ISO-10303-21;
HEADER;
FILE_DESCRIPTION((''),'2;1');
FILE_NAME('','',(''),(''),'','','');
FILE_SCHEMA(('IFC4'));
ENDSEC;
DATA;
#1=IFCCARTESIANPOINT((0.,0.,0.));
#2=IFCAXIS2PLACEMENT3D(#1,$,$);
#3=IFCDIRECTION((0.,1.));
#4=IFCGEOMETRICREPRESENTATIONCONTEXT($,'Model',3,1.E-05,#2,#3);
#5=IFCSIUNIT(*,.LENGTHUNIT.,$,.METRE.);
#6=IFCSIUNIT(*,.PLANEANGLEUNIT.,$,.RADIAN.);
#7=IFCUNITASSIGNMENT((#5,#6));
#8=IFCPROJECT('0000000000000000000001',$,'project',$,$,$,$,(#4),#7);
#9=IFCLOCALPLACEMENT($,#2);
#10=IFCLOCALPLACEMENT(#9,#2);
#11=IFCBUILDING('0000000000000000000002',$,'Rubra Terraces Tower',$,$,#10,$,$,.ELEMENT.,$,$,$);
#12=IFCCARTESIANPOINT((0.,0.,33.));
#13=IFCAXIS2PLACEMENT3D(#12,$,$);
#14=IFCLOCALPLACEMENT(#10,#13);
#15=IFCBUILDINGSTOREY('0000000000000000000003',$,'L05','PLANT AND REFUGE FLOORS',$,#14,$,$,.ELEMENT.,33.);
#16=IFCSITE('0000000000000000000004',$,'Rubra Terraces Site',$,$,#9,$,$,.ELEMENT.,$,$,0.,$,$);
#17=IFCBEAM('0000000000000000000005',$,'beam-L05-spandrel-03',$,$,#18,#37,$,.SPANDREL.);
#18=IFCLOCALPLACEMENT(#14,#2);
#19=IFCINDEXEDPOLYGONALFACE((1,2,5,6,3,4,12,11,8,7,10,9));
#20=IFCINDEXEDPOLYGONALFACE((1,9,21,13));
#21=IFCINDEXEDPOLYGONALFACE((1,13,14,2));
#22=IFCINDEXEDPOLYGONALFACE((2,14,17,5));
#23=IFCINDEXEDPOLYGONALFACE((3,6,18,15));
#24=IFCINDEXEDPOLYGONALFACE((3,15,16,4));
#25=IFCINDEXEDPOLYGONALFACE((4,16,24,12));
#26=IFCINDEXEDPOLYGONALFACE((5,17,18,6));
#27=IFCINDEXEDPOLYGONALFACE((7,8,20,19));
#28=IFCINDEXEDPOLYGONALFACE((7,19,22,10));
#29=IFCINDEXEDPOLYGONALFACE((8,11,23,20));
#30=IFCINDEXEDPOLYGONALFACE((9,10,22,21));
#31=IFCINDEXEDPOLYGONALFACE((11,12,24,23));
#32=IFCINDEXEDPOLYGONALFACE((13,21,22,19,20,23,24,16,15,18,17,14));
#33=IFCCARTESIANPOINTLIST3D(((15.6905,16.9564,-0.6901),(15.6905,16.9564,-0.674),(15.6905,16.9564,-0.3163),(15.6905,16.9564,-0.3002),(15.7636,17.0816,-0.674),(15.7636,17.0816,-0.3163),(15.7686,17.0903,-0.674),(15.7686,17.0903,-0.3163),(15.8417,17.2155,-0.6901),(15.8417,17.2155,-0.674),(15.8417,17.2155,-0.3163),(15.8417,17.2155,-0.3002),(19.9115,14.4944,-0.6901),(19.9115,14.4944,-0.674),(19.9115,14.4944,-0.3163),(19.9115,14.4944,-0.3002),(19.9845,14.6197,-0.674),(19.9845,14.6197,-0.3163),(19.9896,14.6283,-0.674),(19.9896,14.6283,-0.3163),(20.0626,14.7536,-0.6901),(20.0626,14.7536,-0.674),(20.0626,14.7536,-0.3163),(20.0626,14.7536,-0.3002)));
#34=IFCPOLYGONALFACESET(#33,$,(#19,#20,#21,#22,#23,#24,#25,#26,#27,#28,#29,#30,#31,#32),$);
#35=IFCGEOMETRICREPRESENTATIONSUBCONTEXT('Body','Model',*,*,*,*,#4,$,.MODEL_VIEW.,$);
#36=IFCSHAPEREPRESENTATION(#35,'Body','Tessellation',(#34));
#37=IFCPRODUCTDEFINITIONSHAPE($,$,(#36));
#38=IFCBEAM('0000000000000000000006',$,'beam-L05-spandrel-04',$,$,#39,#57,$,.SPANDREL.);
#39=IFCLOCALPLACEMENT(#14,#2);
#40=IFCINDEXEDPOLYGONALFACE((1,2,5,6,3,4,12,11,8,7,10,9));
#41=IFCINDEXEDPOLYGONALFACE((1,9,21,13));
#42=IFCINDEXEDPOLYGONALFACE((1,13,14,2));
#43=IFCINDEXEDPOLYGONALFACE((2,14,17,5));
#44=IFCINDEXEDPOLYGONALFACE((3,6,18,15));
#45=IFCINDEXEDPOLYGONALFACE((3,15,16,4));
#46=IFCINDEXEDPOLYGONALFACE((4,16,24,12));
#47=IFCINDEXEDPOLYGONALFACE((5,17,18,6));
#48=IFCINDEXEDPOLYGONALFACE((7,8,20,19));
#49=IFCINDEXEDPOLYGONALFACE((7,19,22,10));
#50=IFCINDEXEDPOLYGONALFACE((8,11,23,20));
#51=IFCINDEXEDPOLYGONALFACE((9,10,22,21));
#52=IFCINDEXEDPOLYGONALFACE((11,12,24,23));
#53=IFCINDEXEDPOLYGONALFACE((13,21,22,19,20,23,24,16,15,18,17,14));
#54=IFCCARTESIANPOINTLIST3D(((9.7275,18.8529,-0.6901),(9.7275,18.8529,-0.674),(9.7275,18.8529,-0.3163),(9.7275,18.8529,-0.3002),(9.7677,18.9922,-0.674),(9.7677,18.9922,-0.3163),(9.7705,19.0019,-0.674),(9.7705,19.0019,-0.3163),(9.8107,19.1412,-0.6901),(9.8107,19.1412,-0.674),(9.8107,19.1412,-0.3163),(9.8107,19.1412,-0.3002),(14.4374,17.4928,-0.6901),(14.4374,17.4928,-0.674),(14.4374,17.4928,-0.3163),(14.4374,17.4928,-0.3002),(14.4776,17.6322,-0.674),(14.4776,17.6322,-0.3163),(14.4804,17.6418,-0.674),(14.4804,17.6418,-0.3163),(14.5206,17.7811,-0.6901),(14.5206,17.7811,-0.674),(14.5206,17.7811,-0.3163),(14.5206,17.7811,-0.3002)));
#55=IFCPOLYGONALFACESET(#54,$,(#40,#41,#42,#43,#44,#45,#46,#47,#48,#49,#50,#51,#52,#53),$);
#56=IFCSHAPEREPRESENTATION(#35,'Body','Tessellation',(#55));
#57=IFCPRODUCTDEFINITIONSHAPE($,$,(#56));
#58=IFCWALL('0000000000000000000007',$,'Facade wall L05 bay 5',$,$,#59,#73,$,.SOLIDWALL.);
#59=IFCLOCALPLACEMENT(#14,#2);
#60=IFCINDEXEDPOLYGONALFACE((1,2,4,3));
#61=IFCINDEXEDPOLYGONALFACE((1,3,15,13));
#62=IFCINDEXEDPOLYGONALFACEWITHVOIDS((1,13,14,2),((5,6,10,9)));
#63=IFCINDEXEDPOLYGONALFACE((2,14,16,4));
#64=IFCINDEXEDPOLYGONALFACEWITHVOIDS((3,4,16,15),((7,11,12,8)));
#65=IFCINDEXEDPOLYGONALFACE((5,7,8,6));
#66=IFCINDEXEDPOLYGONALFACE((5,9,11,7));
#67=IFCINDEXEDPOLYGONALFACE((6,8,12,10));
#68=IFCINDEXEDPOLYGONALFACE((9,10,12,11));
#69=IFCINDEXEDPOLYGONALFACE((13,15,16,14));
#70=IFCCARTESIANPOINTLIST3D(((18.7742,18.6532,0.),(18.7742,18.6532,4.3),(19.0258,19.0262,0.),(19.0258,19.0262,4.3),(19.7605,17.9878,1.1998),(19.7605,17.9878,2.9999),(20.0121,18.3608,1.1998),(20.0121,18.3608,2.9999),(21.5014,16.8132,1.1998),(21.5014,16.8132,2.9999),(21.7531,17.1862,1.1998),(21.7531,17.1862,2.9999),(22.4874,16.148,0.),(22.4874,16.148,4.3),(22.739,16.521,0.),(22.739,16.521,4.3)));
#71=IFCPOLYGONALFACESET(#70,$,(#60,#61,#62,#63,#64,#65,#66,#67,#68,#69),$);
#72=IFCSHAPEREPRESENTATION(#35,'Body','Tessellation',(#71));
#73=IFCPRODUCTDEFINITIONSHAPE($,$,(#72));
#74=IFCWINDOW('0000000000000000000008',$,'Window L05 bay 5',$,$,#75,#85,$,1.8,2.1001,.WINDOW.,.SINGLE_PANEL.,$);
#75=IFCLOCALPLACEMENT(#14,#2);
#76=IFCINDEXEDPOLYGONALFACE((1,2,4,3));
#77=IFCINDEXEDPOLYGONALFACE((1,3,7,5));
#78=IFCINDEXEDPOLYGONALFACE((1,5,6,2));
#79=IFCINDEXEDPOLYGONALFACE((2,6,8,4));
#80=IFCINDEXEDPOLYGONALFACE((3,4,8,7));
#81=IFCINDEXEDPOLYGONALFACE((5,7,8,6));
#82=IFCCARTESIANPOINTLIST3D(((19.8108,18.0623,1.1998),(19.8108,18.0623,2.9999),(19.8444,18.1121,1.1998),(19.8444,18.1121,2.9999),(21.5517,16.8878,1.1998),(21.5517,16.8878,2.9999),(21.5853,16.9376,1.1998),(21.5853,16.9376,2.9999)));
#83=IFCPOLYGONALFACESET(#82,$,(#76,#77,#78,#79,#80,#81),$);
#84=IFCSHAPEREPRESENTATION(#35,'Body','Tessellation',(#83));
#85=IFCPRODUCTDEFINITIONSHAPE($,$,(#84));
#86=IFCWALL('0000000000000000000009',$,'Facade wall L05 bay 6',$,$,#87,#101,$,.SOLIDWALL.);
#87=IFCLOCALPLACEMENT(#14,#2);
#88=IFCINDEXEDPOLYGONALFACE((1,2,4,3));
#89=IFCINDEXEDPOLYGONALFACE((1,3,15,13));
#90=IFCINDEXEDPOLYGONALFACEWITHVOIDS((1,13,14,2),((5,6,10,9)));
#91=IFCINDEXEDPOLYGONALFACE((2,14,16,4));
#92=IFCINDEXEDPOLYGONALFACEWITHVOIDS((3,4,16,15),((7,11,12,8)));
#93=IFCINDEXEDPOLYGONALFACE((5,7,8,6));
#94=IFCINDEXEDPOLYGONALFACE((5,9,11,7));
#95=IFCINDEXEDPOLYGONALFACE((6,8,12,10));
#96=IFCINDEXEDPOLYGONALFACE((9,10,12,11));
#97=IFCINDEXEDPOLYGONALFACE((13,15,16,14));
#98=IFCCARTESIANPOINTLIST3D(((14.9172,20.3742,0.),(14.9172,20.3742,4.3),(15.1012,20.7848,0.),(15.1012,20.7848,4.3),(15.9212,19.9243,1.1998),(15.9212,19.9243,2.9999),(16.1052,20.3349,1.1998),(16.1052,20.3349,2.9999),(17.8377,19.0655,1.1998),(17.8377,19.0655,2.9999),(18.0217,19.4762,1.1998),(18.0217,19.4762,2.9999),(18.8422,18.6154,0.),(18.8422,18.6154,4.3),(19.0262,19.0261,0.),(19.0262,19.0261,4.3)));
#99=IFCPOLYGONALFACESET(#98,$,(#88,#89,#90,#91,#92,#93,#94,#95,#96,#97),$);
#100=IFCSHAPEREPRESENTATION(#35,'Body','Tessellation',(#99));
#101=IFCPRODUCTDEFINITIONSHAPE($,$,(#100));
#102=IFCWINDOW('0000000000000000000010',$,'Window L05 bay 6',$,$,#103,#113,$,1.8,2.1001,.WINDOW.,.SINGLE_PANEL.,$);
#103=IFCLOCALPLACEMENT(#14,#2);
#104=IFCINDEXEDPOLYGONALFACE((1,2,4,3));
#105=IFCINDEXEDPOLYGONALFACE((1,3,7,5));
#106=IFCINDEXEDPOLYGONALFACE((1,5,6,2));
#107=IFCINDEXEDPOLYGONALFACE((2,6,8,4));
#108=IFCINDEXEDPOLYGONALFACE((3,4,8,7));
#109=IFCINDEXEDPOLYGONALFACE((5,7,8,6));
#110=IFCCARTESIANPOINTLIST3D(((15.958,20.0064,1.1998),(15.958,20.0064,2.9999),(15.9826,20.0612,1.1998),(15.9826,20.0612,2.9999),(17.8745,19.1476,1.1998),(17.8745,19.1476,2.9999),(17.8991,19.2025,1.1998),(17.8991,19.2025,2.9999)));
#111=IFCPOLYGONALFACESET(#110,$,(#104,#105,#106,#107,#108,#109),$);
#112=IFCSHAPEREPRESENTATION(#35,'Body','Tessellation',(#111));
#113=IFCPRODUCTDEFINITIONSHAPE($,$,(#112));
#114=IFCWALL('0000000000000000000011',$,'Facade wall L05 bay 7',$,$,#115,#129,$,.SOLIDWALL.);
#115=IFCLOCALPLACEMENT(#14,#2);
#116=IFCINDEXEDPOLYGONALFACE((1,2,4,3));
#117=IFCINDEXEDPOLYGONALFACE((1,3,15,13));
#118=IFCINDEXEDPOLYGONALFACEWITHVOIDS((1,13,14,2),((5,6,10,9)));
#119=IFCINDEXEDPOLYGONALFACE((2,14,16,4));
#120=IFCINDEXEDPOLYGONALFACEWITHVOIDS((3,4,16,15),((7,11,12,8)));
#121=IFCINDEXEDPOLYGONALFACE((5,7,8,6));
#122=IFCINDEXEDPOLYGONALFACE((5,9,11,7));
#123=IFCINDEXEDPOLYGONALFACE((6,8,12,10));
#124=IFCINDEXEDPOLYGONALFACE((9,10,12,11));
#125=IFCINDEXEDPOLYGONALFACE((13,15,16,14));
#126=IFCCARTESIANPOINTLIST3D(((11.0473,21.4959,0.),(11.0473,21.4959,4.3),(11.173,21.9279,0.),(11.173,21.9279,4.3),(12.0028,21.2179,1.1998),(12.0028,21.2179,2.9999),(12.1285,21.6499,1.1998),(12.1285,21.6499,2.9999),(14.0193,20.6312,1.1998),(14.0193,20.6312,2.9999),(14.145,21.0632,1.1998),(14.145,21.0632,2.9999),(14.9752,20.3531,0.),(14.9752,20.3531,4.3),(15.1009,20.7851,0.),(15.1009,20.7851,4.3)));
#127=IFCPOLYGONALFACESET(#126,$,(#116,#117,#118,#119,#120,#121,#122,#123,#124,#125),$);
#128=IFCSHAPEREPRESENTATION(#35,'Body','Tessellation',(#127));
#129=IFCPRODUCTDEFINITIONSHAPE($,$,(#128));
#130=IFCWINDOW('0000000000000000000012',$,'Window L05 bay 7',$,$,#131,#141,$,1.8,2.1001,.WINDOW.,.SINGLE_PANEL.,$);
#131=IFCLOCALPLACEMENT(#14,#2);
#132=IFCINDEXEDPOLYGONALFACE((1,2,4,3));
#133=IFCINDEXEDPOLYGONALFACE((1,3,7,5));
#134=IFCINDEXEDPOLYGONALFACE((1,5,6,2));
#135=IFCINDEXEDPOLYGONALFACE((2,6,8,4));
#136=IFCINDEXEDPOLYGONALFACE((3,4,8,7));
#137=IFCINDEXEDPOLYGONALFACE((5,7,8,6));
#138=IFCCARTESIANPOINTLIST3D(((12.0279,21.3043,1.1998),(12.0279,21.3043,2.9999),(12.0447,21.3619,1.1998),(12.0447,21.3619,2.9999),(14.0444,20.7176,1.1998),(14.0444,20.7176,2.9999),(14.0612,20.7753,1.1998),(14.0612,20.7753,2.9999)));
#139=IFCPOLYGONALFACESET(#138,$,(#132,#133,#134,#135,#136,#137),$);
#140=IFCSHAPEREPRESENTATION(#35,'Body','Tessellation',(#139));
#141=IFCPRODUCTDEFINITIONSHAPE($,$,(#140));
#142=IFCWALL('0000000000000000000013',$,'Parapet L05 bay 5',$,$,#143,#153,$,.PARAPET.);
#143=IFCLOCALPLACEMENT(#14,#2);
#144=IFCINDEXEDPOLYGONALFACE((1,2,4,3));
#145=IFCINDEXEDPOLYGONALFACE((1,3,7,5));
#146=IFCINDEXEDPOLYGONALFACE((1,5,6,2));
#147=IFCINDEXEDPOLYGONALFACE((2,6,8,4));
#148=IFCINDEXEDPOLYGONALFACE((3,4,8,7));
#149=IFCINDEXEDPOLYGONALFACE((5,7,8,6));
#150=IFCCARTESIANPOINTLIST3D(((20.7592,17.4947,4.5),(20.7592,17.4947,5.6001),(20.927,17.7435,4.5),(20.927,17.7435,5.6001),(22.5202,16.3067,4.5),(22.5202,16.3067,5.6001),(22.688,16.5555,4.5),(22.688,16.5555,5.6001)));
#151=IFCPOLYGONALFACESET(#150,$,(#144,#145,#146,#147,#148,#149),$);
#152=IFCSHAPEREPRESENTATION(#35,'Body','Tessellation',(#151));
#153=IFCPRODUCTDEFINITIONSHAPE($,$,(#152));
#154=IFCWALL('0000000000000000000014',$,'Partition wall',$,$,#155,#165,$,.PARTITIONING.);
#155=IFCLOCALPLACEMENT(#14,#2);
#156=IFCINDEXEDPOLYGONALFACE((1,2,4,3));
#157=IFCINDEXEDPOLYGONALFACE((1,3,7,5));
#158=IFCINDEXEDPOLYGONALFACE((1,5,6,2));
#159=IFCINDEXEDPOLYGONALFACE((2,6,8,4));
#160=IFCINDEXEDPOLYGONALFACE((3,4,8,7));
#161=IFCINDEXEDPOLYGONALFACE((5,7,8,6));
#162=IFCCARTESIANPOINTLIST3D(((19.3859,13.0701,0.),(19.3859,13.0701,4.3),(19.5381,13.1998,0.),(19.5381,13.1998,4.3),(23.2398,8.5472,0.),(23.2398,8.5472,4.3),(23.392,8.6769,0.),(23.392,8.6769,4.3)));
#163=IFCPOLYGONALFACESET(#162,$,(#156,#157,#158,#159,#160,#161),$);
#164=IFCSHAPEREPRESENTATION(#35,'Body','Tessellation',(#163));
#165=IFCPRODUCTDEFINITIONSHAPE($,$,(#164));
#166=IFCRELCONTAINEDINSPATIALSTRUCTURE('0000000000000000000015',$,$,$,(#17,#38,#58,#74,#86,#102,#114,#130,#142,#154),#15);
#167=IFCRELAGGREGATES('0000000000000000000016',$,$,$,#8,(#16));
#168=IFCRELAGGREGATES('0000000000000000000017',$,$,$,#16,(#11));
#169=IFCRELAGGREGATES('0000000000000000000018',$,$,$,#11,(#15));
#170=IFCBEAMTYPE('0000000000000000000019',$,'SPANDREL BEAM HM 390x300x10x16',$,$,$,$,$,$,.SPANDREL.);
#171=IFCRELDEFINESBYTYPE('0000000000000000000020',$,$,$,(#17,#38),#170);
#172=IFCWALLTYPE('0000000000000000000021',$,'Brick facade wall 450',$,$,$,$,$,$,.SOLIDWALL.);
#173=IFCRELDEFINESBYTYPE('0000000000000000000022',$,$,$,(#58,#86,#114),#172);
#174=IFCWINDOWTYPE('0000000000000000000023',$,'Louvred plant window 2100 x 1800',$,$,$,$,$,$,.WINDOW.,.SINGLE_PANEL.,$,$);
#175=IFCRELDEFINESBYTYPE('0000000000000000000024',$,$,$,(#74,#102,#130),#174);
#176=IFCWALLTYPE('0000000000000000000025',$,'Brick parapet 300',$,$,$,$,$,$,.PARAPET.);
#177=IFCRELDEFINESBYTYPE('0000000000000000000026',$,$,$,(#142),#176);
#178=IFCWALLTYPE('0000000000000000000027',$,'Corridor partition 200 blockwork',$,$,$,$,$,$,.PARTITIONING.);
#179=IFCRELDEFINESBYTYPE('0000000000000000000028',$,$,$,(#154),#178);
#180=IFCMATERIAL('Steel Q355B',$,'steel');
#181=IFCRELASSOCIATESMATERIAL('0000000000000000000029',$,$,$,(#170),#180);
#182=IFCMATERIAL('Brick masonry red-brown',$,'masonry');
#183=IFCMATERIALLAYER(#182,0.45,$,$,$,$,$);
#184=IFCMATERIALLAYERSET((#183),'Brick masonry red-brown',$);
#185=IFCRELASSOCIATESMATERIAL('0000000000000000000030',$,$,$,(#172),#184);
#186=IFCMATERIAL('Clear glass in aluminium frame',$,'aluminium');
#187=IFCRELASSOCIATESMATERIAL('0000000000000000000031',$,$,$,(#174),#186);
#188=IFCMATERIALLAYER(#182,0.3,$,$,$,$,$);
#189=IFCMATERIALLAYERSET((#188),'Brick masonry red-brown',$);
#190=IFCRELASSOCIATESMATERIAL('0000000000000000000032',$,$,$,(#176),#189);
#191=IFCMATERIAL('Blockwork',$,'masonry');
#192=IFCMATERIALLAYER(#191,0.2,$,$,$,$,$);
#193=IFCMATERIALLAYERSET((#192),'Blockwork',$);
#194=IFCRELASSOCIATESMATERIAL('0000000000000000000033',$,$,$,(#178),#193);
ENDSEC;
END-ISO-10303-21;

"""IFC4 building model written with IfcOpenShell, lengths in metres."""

from ifc_helpers import new_model, si_unit, direction, frame, frame_2d, origin, origin_2d, place, context, subcontext, project, spatial, rectangle, i_section, extrude, material, layer, layer_set, material_profile, profile_set, type_object, element, fill, save


model = new_model("IFC4")

# Units and contexts
model_context = context("Model", 3, precision=1e-05, world=origin(), true_north=direction((0.0, 1.0)))
body_context = subcontext(model_context, "Body", "Model", "MODEL_VIEW")
ifc_project = project(units=[si_unit("LENGTHUNIT", "METRE"), si_unit("PLANEANGLEUNIT", "RADIAN")], contexts=[model_context])

# Site, building, storey
site_placement = place(None, origin())
site = spatial("IfcSite", under=ifc_project, at=site_placement, Name="Rubra Terraces Site", CompositionType="ELEMENT", RefElevation=0.0)
building_placement = place(site_placement, origin())
building = spatial("IfcBuilding", under=site, at=building_placement, Name="Rubra Terraces Tower", CompositionType="ELEMENT")
storey_placement = place(building_placement, frame((0.0, 0.0, 33.0)))
storey = spatial("IfcBuildingStorey", under=building, at=storey_placement, Name="L05", Description="PLANT AND REFUGE FLOORS", CompositionType="ELEMENT", Elevation=33.0)

# Shared definitions
ifc_material_1 = material(Name="Steel Q355B", Category="steel")

# Beams
ifc_material_profile_1 = material_profile(ifc_material_1, i_section(OverallWidth=0.3, OverallDepth=0.3899, WebThickness=0.01, FlangeThickness=0.0161, at=origin_2d()), Name="HM 390x300x10x16")
ifc_profile_set_1 = profile_set([ifc_material_profile_1], Name="Steel Q355B")
beam_type_1 = type_object("IfcBeamType", Name="SPANDREL BEAM HM 390x300x10x16", PredefinedType="SPANDREL", material=ifc_profile_set_1)
beam_1_placement = place(storey_placement, frame((19.9871, 14.624, -0.4951), z_axis=(-0.863806, 0.503824, 0.0), x_axis=(-0.503824, -0.863806, 0.0)))
element("IfcBeam", 1, at=beam_1_placement, inside=storey, type_object=beam_type_1, Name="beam-L05-spandrel-03", PredefinedType="SPANDREL", context=body_context, shape_type="SweptSolid", body=[
    extrude(i_section(OverallWidth=0.3, OverallDepth=0.3899, WebThickness=0.01, FlangeThickness=0.0161, at=origin_2d()), origin(), (0.0, 0.0, 1.0), 4.8865),
])
beam_2_placement = place(storey_placement, frame((14.479, 17.637, -0.4951), z_axis=(-0.960744, 0.277436, 0.0), x_axis=(-0.277436, -0.960744, 0.0)))
element("IfcBeam", 2, at=beam_2_placement, inside=storey, type_object=beam_type_1, Name="beam-L05-spandrel-04", PredefinedType="SPANDREL", context=body_context, shape_type="SweptSolid", body=[
    extrude(i_section(OverallWidth=0.3, OverallDepth=0.3899, WebThickness=0.01, FlangeThickness=0.0161, at=origin_2d()), origin(), (0.0, 0.0, 1.0), 4.9023),
])

# Walls, openings, windows
ifc_material_2 = material(Name="Brick masonry red-brown", Category="masonry")
ifc_layer_1 = layer(ifc_material_2, 0.45)
ifc_layer_set_1 = layer_set([ifc_layer_1], Name="Brick masonry red-brown")
wall_type_1 = type_object("IfcWallType", Name="Brick facade wall 450", PredefinedType="SOLIDWALL", material=ifc_layer_set_1)
wall_1_placement = place(storey_placement, frame((22.6133, 16.3345, 0.0), z_axis=(0.0, 0.0, 1.0), x_axis=(-0.828977, 0.559283, 0.0)))
wall_1 = element("IfcWall", 3, at=wall_1_placement, inside=storey, type_object=wall_type_1, Name="Facade wall L05 bay 5", PredefinedType="SOLIDWALL", context=body_context, shape_type="SweptSolid", body=[
    extrude(rectangle(XDim=4.4792, YDim=0.45, at=frame_2d((2.2397, 0.0))), origin(), (0.0, 0.0, 1.0), 4.3),
])
opening_1_placement = place(wall_1_placement, frame((1.1895, 0.0, 1.2)))
opening_1 = element("IfcOpeningElement", 4, at=opening_1_placement, cuts=wall_1, PredefinedType="OPENING", context=body_context, shape_type="SweptSolid", body=[
    extrude(rectangle(XDim=2.1001, YDim=1.8, at=frame_2d((1.05, 0.8999))), frame((0.0, 0.2349, 0.0), z_axis=(0.0, -1.0, 0.0), x_axis=(1.0, 0.0, 0.0)), (0.0, 0.0, 1.0), 0.47),
])
ifc_material_3 = material(Name="Clear glass in aluminium frame", Category="aluminium")
window_type = type_object("IfcWindowType", Name="Louvred plant window 2100 x 1800", PartitioningType="SINGLE_PANEL", PredefinedType="WINDOW", material=ifc_material_3)
window_1_placement = place(opening_1_placement, origin())
window_1 = element("IfcWindow", 5, at=window_1_placement, inside=storey, type_object=window_type, Name="Window L05 bay 5", OverallHeight=1.8, OverallWidth=2.1001, PartitioningType="SINGLE_PANEL", PredefinedType="WINDOW", context=body_context, shape_type="SweptSolid", body=[
    extrude(rectangle(XDim=2.1001, YDim=1.8, at=frame_2d((1.05, 0.8999))), frame((0.0, 0.135, 0.0), z_axis=(0.0, -1.0, 0.0), x_axis=(1.0, 0.0, 0.0)), (0.0, 0.0, 1.0), 0.0601),
])
fill(opening_1, window_1)
wall_2_placement = place(storey_placement, frame((18.9341, 18.8208, 0.0), z_axis=(0.0, 0.0, 1.0), x_axis=(-0.912571, 0.408917, 0.0)))
wall_2 = element("IfcWall", 6, at=wall_2_placement, inside=storey, type_object=wall_type_1, Name="Facade wall L05 bay 6", PredefinedType="SOLIDWALL", context=body_context, shape_type="SweptSolid", body=[
    extrude(rectangle(XDim=4.301, YDim=0.45, at=frame_2d((2.1504, 0.0))), origin(), (0.0, 0.0, 1.0), 4.3),
])
opening_2_placement = place(wall_2_placement, frame((1.1006, 0.0, 1.2)))
opening_2 = element("IfcOpeningElement", 7, at=opening_2_placement, cuts=wall_2, PredefinedType="OPENING", context=body_context, shape_type="SweptSolid", body=[
    extrude(rectangle(XDim=2.1001, YDim=1.8, at=frame_2d((1.05, 0.8999))), frame((0.0, 0.2349, 0.0), z_axis=(0.0, -1.0, 0.0), x_axis=(1.0, 0.0, 0.0)), (0.0, 0.0, 1.0), 0.47),
])
window_2_placement = place(opening_2_placement, origin())
window_2 = element("IfcWindow", 8, at=window_2_placement, inside=storey, type_object=window_type, Name="Window L05 bay 6", OverallHeight=1.8, OverallWidth=2.1001, PartitioningType="SINGLE_PANEL", PredefinedType="WINDOW", context=body_context, shape_type="SweptSolid", body=[
    extrude(rectangle(XDim=2.1001, YDim=1.8, at=frame_2d((1.05, 0.8999))), frame((0.0, 0.135, 0.0), z_axis=(0.0, -1.0, 0.0), x_axis=(1.0, 0.0, 0.0)), (0.0, 0.0, 1.0), 0.0601),
])
fill(opening_2, window_2)
wall_3_placement = place(storey_placement, frame((15.0381, 20.5691, 0.0), z_axis=(0.0, 0.0, 1.0), x_axis=(-0.960186, 0.279361, 0.0)))
wall_3 = element("IfcWall", 9, at=wall_3_placement, inside=storey, type_object=wall_type_1, Name="Facade wall L05 bay 7", PredefinedType="SOLIDWALL", context=body_context, shape_type="SweptSolid", body=[
    extrude(rectangle(XDim=4.0908, YDim=0.45, at=frame_2d((2.0454, 0.0))), origin(), (0.0, 0.0, 1.0), 4.3),
])
opening_3_placement = place(wall_3_placement, frame((0.9956, 0.0, 1.2)))
opening_3 = element("IfcOpeningElement", 10, at=opening_3_placement, cuts=wall_3, PredefinedType="OPENING", context=body_context, shape_type="SweptSolid", body=[
    extrude(rectangle(XDim=2.1001, YDim=1.8, at=frame_2d((1.05, 0.8999))), frame((0.0, 0.2349, 0.0), z_axis=(0.0, -1.0, 0.0), x_axis=(1.0, 0.0, 0.0)), (0.0, 0.0, 1.0), 0.47),
])
window_3_placement = place(opening_3_placement, origin())
window_3 = element("IfcWindow", 11, at=window_3_placement, inside=storey, type_object=window_type, Name="Window L05 bay 7", OverallHeight=1.8, OverallWidth=2.1001, PartitioningType="SINGLE_PANEL", PredefinedType="WINDOW", context=body_context, shape_type="SweptSolid", body=[
    extrude(rectangle(XDim=2.1001, YDim=1.8, at=frame_2d((1.05, 0.8999))), frame((0.0, 0.135, 0.0), z_axis=(0.0, -1.0, 0.0), x_axis=(1.0, 0.0, 0.0)), (0.0, 0.0, 1.0), 0.0601),
])
fill(opening_3, window_3)

# Walls
ifc_layer_2 = layer(ifc_material_2, 0.3)
ifc_layer_set_2 = layer_set([ifc_layer_2], Name="Brick masonry red-brown")
wall_type_2 = type_object("IfcWallType", Name="Brick parapet 300", PredefinedType="PARAPET", material=ifc_layer_set_2)
wall_4_placement = place(storey_placement, frame((22.604, 16.4312, 4.5), z_axis=(0.0, 0.0, 1.0), x_axis=(-0.828997, 0.559254, 0.0)))
element("IfcWall", 12, at=wall_4_placement, inside=storey, type_object=wall_type_2, Name="Parapet L05 bay 5", PredefinedType="PARAPET", context=body_context, shape_type="SweptSolid", body=[
    extrude(rectangle(XDim=2.1243, YDim=0.3, at=frame_2d((1.062, 0.0))), origin(), (0.0, 0.0, 1.0), 1.1001),
])
ifc_material_4 = material(Name="Blockwork", Category="masonry")
ifc_layer_3 = layer(ifc_material_4, 0.2)
ifc_layer_set_3 = layer_set([ifc_layer_3], Name="Blockwork")
wall_type_3 = type_object("IfcWallType", Name="Corridor partition 200 blockwork", PredefinedType="PARTITIONING", material=ifc_layer_set_3)
wall_5_placement = place(storey_placement, frame((19.4619, 13.135, 0.0), z_axis=(0.0, 0.0, 1.0), x_axis=(0.648576, -0.76115, 0.0)))
element("IfcWall", 13, at=wall_5_placement, inside=storey, type_object=wall_type_3, Name="Partition wall", PredefinedType="PARTITIONING", context=body_context, shape_type="SweptSolid", body=[
    extrude(rectangle(XDim=5.9421, YDim=0.2, at=frame_2d((2.9712, 0.0))), origin(), (0.0, 0.0, 1.0), 4.3),
])

save(model, "model.ifc")
